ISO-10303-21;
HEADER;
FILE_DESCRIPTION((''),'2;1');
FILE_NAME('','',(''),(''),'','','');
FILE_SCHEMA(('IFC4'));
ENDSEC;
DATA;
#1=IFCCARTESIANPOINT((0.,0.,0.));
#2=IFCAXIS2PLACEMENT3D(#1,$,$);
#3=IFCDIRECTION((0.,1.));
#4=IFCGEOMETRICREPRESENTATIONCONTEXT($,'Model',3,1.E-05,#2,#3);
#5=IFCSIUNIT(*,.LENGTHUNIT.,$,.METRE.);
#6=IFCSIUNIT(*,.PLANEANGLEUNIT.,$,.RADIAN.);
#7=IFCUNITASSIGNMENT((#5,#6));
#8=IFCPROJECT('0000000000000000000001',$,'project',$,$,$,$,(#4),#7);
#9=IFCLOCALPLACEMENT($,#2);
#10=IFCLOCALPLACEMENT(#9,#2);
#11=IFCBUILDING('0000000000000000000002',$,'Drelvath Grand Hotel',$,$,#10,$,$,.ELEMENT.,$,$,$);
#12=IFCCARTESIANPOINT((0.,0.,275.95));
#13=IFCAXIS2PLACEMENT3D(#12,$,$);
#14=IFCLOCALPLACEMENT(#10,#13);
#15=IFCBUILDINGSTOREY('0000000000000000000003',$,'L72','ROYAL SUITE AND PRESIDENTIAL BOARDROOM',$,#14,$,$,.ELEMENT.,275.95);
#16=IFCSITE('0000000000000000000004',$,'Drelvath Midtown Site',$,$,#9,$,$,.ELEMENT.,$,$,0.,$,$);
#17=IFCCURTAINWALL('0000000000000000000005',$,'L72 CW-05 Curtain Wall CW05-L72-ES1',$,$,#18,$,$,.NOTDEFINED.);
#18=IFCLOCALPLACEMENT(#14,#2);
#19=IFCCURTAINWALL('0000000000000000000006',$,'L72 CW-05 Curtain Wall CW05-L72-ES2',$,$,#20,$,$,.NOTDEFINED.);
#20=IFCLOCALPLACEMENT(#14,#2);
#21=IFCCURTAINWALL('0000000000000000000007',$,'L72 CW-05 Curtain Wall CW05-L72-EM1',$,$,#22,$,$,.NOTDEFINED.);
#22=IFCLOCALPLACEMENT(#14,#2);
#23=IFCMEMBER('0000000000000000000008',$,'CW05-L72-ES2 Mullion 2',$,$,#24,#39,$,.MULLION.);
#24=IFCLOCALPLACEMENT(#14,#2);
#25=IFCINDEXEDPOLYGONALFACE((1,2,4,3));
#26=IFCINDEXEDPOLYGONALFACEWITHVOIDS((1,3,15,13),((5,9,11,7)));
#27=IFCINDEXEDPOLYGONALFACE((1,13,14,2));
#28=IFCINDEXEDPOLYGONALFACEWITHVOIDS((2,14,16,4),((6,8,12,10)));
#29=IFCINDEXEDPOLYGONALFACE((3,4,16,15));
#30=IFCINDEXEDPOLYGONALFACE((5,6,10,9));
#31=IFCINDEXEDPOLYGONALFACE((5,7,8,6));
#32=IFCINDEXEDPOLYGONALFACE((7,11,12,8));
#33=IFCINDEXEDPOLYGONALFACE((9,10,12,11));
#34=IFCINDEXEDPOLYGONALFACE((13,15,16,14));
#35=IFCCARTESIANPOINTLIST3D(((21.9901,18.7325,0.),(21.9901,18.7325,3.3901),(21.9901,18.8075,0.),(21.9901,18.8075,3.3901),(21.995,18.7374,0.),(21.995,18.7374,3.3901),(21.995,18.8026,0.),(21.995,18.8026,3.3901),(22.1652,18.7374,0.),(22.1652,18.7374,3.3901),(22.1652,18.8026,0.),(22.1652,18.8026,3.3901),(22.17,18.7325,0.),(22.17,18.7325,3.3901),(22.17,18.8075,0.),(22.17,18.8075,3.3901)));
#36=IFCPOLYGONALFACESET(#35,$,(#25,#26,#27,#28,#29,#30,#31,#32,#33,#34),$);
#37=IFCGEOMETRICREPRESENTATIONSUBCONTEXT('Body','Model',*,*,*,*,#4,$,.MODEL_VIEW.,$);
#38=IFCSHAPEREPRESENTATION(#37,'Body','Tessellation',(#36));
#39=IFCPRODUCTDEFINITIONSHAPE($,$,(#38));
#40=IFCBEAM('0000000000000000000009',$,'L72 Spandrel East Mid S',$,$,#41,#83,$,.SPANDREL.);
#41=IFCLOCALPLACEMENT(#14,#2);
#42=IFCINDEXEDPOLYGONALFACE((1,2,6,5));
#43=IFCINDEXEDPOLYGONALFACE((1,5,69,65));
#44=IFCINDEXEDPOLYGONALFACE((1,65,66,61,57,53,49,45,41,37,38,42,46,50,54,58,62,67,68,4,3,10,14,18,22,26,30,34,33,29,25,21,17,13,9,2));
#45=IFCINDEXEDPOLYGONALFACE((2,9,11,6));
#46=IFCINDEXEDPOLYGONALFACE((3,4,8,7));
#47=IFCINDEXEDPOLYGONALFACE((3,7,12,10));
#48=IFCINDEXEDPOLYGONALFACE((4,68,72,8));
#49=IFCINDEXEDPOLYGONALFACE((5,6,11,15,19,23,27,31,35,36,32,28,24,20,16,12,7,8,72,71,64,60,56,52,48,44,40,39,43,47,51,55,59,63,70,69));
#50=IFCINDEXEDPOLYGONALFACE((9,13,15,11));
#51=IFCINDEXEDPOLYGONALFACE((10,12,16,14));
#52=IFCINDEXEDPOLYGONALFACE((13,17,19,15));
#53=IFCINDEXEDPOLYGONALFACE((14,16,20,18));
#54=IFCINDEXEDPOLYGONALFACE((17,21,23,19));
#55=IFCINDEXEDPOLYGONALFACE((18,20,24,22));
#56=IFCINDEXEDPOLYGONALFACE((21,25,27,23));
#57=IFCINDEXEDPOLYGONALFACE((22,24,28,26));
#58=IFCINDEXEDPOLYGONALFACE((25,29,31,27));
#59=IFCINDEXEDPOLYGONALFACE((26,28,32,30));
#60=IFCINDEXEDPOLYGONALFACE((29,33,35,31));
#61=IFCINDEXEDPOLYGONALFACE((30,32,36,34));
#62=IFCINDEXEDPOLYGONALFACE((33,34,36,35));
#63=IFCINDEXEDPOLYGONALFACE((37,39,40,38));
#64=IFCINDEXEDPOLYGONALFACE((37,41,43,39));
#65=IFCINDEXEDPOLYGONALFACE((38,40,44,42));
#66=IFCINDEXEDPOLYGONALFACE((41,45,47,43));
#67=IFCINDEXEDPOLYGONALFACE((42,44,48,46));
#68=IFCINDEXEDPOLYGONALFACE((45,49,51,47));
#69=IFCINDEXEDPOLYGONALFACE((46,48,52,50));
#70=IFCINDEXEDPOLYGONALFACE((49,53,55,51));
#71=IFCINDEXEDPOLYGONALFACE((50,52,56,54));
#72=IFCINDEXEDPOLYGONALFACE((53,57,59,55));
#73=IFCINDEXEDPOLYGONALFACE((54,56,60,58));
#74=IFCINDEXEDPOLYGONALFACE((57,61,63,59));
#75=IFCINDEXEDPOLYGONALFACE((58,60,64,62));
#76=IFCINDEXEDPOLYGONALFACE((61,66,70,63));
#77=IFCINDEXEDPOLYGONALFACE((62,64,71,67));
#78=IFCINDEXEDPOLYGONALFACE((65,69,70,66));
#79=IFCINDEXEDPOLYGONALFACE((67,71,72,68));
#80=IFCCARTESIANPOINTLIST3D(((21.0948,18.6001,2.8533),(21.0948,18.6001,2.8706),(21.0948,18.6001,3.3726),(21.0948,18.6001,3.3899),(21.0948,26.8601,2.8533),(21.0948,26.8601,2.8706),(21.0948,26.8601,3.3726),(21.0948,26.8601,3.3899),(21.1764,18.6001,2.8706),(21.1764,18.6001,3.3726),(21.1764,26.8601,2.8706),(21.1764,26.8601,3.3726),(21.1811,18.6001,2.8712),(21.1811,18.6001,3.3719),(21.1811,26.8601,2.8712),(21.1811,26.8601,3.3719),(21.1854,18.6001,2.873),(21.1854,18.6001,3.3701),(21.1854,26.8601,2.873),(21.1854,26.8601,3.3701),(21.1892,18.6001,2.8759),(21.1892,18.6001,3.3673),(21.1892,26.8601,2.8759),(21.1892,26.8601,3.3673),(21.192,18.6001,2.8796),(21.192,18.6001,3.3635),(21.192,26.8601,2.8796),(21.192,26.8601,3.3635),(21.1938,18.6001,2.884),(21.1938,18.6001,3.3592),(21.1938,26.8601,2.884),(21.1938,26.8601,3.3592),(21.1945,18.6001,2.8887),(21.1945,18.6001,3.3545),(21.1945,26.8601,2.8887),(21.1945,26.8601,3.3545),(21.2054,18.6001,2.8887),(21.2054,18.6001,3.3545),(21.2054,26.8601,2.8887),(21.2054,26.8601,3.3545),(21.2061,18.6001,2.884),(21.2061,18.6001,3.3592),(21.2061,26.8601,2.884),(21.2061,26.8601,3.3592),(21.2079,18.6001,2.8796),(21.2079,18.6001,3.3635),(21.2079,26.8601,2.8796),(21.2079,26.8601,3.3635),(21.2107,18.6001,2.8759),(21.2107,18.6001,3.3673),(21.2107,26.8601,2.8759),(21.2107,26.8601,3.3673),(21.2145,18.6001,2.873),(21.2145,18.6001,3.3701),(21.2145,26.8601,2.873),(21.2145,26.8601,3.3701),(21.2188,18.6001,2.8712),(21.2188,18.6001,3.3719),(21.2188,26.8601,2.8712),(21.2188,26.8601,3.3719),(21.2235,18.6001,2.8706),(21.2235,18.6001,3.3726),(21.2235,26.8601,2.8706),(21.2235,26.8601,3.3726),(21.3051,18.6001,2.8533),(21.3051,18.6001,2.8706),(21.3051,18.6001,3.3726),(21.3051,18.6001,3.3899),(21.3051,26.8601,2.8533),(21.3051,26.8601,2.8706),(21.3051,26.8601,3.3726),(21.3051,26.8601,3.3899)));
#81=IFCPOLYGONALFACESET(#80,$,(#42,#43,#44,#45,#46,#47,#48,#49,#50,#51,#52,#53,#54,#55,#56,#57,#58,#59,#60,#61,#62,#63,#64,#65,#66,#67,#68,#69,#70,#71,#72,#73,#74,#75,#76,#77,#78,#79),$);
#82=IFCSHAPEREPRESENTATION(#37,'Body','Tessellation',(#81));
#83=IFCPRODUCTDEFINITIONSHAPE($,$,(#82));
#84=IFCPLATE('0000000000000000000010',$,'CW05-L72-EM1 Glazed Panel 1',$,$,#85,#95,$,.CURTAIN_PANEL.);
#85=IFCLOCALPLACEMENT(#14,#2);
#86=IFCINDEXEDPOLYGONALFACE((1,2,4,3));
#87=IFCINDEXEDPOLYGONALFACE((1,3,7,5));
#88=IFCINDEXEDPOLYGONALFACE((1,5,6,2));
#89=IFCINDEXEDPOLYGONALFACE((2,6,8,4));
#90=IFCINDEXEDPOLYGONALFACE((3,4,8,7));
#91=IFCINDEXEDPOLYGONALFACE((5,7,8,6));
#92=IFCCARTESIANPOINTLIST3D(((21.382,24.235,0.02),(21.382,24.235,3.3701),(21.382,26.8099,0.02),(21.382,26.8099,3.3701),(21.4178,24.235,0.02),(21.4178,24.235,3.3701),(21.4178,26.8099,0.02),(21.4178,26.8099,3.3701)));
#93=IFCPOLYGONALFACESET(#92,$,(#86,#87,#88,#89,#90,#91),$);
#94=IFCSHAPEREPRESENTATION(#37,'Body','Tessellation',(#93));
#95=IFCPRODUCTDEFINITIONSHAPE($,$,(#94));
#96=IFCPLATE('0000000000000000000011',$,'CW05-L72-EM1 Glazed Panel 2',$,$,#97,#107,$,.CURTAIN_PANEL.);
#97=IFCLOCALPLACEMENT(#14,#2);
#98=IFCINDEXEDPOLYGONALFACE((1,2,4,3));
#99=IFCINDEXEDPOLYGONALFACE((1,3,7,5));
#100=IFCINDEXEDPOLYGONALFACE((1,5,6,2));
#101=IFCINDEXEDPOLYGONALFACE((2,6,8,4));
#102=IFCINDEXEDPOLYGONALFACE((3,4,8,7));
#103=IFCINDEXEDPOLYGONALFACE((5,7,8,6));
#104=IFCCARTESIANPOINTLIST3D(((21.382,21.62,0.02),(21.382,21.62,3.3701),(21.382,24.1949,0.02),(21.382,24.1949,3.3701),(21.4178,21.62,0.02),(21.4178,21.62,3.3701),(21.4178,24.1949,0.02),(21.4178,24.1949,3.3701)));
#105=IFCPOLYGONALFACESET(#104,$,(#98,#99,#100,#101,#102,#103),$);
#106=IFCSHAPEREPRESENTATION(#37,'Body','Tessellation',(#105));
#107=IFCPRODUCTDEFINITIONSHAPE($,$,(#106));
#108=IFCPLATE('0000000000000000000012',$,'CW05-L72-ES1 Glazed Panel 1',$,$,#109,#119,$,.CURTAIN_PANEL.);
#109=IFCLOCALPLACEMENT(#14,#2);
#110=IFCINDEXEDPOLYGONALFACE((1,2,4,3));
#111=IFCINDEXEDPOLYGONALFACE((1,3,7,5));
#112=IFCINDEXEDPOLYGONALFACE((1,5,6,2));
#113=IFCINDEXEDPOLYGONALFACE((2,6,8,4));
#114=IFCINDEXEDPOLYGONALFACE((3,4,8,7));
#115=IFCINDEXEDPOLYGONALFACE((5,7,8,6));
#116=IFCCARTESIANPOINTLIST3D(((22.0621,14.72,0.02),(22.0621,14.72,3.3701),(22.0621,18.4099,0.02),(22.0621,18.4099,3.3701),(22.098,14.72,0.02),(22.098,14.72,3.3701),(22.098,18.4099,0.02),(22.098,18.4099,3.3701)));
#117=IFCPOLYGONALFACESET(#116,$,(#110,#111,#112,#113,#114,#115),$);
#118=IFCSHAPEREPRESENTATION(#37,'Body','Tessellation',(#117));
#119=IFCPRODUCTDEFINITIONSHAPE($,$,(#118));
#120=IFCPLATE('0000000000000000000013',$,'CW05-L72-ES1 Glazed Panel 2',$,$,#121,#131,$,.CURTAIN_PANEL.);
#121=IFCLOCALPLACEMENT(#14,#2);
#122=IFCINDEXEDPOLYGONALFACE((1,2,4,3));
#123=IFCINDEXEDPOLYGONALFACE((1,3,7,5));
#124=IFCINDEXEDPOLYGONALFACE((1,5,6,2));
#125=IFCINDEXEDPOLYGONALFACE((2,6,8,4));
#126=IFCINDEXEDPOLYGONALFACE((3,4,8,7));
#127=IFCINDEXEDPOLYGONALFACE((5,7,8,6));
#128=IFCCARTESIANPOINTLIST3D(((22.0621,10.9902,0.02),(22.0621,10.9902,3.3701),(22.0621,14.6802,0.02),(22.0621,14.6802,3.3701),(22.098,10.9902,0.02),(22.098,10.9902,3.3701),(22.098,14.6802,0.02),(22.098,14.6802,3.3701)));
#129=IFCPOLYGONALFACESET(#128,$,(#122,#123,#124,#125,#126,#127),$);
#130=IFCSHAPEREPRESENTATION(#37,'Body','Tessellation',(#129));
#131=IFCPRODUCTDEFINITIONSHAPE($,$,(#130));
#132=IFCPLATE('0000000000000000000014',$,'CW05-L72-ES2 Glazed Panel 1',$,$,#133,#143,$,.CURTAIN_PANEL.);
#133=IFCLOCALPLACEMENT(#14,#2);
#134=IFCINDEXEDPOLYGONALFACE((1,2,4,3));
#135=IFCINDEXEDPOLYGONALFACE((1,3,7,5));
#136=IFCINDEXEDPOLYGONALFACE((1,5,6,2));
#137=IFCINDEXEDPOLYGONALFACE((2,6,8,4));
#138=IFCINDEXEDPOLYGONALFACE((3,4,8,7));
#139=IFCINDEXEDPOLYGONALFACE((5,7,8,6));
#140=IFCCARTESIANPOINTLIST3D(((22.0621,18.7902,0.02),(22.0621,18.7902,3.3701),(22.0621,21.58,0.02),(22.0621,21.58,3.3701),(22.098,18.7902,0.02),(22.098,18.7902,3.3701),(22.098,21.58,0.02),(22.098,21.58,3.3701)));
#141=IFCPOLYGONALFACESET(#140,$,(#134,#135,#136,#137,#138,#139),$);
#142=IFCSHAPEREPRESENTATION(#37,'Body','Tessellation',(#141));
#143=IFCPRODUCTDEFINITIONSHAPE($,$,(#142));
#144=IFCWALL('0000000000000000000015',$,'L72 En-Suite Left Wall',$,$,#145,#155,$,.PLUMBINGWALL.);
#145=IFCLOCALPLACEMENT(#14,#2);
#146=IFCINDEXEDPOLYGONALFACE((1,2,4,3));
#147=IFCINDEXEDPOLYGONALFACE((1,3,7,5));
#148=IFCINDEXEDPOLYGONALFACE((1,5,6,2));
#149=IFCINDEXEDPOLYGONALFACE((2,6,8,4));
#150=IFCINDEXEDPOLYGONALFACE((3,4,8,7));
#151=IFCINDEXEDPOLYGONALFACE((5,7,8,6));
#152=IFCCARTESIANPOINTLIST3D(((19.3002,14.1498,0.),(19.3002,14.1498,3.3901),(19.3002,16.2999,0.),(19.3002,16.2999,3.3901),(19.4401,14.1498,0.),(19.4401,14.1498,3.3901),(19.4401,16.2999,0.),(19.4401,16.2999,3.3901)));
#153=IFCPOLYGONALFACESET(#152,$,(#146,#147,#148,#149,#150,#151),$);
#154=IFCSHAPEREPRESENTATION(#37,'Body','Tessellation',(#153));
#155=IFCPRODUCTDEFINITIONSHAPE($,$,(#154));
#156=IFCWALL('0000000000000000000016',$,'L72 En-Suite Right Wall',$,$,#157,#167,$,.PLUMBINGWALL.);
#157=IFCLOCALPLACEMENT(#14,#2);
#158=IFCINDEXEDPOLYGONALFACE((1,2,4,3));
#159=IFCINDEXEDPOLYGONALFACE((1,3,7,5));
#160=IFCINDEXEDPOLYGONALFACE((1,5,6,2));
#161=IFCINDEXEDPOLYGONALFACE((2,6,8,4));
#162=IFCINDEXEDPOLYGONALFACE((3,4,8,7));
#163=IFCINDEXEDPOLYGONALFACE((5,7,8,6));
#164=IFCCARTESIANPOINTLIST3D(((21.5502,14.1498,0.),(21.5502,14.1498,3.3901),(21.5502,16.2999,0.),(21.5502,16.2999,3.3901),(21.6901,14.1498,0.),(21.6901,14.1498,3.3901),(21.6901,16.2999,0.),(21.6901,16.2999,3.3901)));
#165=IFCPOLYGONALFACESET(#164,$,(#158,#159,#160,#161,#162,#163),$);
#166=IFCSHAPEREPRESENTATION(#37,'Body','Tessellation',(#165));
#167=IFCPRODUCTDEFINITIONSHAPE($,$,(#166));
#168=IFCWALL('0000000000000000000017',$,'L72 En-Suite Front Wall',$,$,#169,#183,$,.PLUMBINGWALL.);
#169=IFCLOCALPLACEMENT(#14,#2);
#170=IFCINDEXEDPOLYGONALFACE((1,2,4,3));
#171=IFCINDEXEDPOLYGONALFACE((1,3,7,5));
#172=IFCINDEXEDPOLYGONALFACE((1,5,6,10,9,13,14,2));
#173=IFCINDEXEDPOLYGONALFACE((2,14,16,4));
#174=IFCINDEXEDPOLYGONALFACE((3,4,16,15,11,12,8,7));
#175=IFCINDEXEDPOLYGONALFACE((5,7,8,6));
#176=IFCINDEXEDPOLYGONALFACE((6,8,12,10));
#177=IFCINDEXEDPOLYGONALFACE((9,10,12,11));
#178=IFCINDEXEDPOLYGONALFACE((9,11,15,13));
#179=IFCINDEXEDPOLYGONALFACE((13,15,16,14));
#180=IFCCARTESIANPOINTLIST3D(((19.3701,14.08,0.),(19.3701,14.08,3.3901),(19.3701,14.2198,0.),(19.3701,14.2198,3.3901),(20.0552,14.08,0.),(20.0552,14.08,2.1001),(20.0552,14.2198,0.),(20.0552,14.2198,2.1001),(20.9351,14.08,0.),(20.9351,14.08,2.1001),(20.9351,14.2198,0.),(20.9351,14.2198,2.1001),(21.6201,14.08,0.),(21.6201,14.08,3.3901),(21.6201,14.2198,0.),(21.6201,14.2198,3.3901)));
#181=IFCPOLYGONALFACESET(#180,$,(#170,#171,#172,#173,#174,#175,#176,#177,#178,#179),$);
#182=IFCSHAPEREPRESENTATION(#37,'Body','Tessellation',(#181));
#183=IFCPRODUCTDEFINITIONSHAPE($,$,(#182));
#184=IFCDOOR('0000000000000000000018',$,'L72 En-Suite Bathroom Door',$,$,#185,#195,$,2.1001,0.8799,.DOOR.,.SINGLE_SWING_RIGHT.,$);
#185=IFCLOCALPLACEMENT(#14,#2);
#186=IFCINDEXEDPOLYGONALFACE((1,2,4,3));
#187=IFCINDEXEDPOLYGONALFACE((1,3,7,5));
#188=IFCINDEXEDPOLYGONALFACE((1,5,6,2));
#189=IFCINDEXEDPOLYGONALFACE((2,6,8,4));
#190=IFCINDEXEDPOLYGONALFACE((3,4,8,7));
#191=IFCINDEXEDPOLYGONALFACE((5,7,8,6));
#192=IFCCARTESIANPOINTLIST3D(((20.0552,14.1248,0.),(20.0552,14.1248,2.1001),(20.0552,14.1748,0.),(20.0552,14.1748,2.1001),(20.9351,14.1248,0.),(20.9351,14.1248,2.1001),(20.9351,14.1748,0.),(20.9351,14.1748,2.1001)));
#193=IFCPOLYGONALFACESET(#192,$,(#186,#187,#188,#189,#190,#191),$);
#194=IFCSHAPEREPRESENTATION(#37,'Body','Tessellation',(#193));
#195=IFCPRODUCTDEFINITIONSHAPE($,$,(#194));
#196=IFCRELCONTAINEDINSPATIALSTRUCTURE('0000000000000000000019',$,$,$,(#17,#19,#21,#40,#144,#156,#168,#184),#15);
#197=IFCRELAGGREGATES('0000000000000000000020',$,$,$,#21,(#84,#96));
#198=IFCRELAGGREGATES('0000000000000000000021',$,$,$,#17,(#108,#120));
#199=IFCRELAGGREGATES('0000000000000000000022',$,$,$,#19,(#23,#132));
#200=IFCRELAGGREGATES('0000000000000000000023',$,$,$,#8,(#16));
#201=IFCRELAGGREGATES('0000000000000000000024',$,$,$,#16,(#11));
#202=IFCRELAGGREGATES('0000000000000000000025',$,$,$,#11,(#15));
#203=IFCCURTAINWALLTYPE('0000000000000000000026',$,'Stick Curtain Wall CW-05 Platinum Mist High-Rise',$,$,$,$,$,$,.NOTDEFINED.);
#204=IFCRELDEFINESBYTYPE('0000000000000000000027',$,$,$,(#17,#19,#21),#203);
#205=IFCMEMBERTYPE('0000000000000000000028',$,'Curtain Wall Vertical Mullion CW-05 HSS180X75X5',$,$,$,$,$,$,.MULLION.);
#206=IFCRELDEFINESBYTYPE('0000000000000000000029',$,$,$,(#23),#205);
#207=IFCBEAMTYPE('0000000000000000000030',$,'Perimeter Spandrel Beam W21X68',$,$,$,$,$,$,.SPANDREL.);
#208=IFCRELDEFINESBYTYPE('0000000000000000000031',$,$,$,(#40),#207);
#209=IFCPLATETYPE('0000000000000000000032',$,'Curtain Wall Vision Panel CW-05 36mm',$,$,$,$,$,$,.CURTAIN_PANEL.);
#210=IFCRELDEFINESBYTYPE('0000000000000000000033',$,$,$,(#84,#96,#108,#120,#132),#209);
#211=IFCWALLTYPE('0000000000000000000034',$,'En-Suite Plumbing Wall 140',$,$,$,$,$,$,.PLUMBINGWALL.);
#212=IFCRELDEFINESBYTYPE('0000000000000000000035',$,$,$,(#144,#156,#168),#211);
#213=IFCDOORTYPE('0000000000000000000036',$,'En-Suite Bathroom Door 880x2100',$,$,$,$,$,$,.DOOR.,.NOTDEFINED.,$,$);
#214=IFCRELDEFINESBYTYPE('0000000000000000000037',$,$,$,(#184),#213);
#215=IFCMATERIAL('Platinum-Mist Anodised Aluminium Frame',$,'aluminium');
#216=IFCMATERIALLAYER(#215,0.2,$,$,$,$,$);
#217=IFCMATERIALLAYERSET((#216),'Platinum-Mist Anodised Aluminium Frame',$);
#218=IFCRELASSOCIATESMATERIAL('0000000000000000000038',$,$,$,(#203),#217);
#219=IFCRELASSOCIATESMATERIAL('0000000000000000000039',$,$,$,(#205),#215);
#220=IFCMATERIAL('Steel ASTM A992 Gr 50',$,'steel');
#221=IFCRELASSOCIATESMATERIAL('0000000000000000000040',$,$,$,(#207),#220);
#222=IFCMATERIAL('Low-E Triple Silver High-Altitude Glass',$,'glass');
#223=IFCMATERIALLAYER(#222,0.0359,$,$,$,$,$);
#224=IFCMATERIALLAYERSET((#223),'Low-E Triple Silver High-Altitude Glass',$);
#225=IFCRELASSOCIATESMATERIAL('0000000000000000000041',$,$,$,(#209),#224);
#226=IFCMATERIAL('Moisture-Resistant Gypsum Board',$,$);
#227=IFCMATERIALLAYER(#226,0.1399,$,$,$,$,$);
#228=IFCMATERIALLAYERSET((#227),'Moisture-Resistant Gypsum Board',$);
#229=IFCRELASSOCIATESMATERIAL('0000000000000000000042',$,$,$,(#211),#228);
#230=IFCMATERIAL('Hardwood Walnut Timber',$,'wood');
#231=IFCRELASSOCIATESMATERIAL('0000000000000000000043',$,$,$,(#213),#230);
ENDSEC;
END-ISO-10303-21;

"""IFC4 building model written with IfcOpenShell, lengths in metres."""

from ifc_helpers import new_model, si_unit, direction, frame, frame_2d, origin, origin_2d, place, context, subcontext, project, spatial, rectangle, hollow_rectangle, i_section, extrude, material, layer, layer_set, material_profile, profile_set, type_object, element, fill, aggregate, save


model = new_model("IFC4")

# Units and contexts
model_context = context("Model", 3, precision=1e-05, world=origin(), true_north=direction((0.0, 1.0)))
body_context = subcontext(model_context, "Body", "Model", "MODEL_VIEW")
ifc_project = project(units=[si_unit("LENGTHUNIT", "METRE"), si_unit("PLANEANGLEUNIT", "RADIAN")], contexts=[model_context])

# Site, building, storey
site_placement = place(None, origin())
site = spatial("IfcSite", under=ifc_project, at=site_placement, Name="Drelvath Midtown Site", CompositionType="ELEMENT", RefElevation=0.0)
building_placement = place(site_placement, origin())
building = spatial("IfcBuilding", under=site, at=building_placement, Name="Drelvath Grand Hotel", CompositionType="ELEMENT")
storey_placement = place(building_placement, frame((0.0, 0.0, 275.95)))
storey = spatial("IfcBuildingStorey", under=building, at=storey_placement, Name="L72", Description="ROYAL SUITE AND PRESIDENTIAL BOARDROOM", CompositionType="ELEMENT", Elevation=275.95)

# Curtain walls
ifc_material_1 = material(Name="Platinum-Mist Anodised Aluminium Frame", Category="aluminium")
ifc_layer_1 = layer(ifc_material_1, 0.2)
ifc_layer_set_1 = layer_set([ifc_layer_1], Name="Platinum-Mist Anodised Aluminium Frame")
curtain_wall_type = type_object("IfcCurtainWallType", Name="Stick Curtain Wall CW-05 Platinum Mist High-Rise", PredefinedType="NOTDEFINED", material=ifc_layer_set_1)
curtain_wall_1_placement = place(storey_placement, origin())
curtain_wall_1 = element("IfcCurtainWall", 1, at=curtain_wall_1_placement, inside=storey, type_object=curtain_wall_type, Name="L72 CW-05 Curtain Wall CW05-L72-ES1", PredefinedType="NOTDEFINED")
curtain_wall_2_placement = place(storey_placement, origin())
curtain_wall_2 = element("IfcCurtainWall", 2, at=curtain_wall_2_placement, inside=storey, type_object=curtain_wall_type, Name="L72 CW-05 Curtain Wall CW05-L72-ES2", PredefinedType="NOTDEFINED")

# Curtain wall
curtain_wall_3_placement = place(storey_placement, origin())
curtain_wall_3 = element("IfcCurtainWall", 3, at=curtain_wall_3_placement, inside=storey, type_object=curtain_wall_type, Name="L72 CW-05 Curtain Wall CW05-L72-EM1", PredefinedType="NOTDEFINED")
ifc_material_profile_1 = material_profile(ifc_material_1, hollow_rectangle(XDim=0.075, YDim=0.1799, WallThickness=0.0049, at=origin_2d()), Name="HSS180X75X5")
ifc_profile_set_1 = profile_set([ifc_material_profile_1], Name="Platinum-Mist Anodised Aluminium Frame")
member_type_1 = type_object("IfcMemberType", Name="Curtain Wall Vertical Mullion CW-05 HSS180X75X5", PredefinedType="MULLION", material=ifc_profile_set_1)

# Member
member_1_placement = place(storey_placement, frame((22.0801, 18.77, 0.0), z_axis=(0.0, 0.0, 1.0), x_axis=(0.0, 1.0, 0.0)))
member_1 = element("IfcMember", 4, at=member_1_placement, type_object=member_type_1, Name="CW05-L72-ES2 Mullion 2", PredefinedType="MULLION", context=body_context, shape_type="SweptSolid", body=[
    extrude(hollow_rectangle(XDim=0.075, YDim=0.1799, WallThickness=0.0049, at=origin_2d()), origin(), (0.0, 0.0, 1.0), 3.3901),
])

# Beam
ifc_material_2 = material(Name="Steel ASTM A992 Gr 50", Category="steel")
ifc_material_profile_2 = material_profile(ifc_material_2, i_section(OverallWidth=0.2102, OverallDepth=0.5366, WebThickness=0.011, FlangeThickness=0.0173, FilletRadius=0.0181, at=origin_2d()), Name="W21X68")
ifc_profile_set_2 = profile_set([ifc_material_profile_2], Name="Steel ASTM A992 Gr 50")
beam_type = type_object("IfcBeamType", Name="Perimeter Spandrel Beam W21X68", PredefinedType="SPANDREL", material=ifc_profile_set_2)
beam_placement = place(storey_placement, frame((21.2, 18.6001, 3.1216), z_axis=(0.0, 1.0, 0.0), x_axis=(-1.0, 0.0, 0.0)))
element("IfcBeam", 5, at=beam_placement, inside=storey, type_object=beam_type, Name="L72 Spandrel East Mid S", PredefinedType="SPANDREL", context=body_context, shape_type="SweptSolid", body=[
    extrude(i_section(OverallWidth=0.2102, OverallDepth=0.5366, WebThickness=0.011, FlangeThickness=0.0173, FilletRadius=0.0181, at=origin_2d()), origin(), (0.0, 0.0, 1.0), 8.26),
])

# Plates
ifc_material_3 = material(Name="Low-E Triple Silver High-Altitude Glass", Category="glass")
ifc_layer_2 = layer(ifc_material_3, 0.0359)
ifc_layer_set_2 = layer_set([ifc_layer_2], Name="Low-E Triple Silver High-Altitude Glass")
plate_type = type_object("IfcPlateType", Name="Curtain Wall Vision Panel CW-05 36mm", PredefinedType="CURTAIN_PANEL", material=ifc_layer_set_2)
plate_1_placement = place(storey_placement, frame((21.3999, 25.5225, 0.02), z_axis=(0.0, 0.0, 1.0), x_axis=(0.0, -1.0, 0.0)))
plate_1 = element("IfcPlate", 6, at=plate_1_placement, type_object=plate_type, Name="CW05-L72-EM1 Glazed Panel 1", PredefinedType="CURTAIN_PANEL", context=body_context, shape_type="SweptSolid", body=[
    extrude(rectangle(XDim=2.575, YDim=0.0359, at=origin_2d()), origin(), (0.0, 0.0, 1.0), 3.3501),
])
plate_2_placement = place(storey_placement, frame((21.3999, 22.9075, 0.02), z_axis=(0.0, 0.0, 1.0), x_axis=(0.0, -1.0, 0.0)))
plate_2 = element("IfcPlate", 7, at=plate_2_placement, type_object=plate_type, Name="CW05-L72-EM1 Glazed Panel 2", PredefinedType="CURTAIN_PANEL", context=body_context, shape_type="SweptSolid", body=[
    extrude(rectangle(XDim=2.575, YDim=0.0359, at=origin_2d()), origin(), (0.0, 0.0, 1.0), 3.3501),
])
aggregate(curtain_wall_3, [plate_1, plate_2])
plate_3_placement = place(storey_placement, frame((22.0801, 16.5649, 0.02), z_axis=(0.0, 0.0, 1.0), x_axis=(0.0, -1.0, 0.0)))
plate_3 = element("IfcPlate", 8, at=plate_3_placement, type_object=plate_type, Name="CW05-L72-ES1 Glazed Panel 1", PredefinedType="CURTAIN_PANEL", context=body_context, shape_type="SweptSolid", body=[
    extrude(rectangle(XDim=3.6899, YDim=0.0359, at=origin_2d()), origin(), (0.0, 0.0, 1.0), 3.3501),
])
plate_4_placement = place(storey_placement, frame((22.0801, 12.8352, 0.02), z_axis=(0.0, 0.0, 1.0), x_axis=(0.0, -1.0, 0.0)))
plate_4 = element("IfcPlate", 9, at=plate_4_placement, type_object=plate_type, Name="CW05-L72-ES1 Glazed Panel 2", PredefinedType="CURTAIN_PANEL", context=body_context, shape_type="SweptSolid", body=[
    extrude(rectangle(XDim=3.6899, YDim=0.0359, at=origin_2d()), origin(), (0.0, 0.0, 1.0), 3.3501),
])
aggregate(curtain_wall_1, [plate_3, plate_4])
plate_5_placement = place(storey_placement, frame((22.0801, 20.1851, 0.02), z_axis=(0.0, 0.0, 1.0), x_axis=(0.0, -1.0, 0.0)))
plate_5 = element("IfcPlate", 10, at=plate_5_placement, type_object=plate_type, Name="CW05-L72-ES2 Glazed Panel 1", PredefinedType="CURTAIN_PANEL", context=body_context, shape_type="SweptSolid", body=[
    extrude(rectangle(XDim=2.7898, YDim=0.0359, at=origin_2d()), origin(), (0.0, 0.0, 1.0), 3.3501),
])
aggregate(curtain_wall_2, [member_1, plate_5])

# Walls
ifc_material_4 = material(Name="Moisture-Resistant Gypsum Board")
ifc_layer_3 = layer(ifc_material_4, 0.1399)
ifc_layer_set_3 = layer_set([ifc_layer_3], Name="Moisture-Resistant Gypsum Board")
wall_type_1 = type_object("IfcWallType", Name="En-Suite Plumbing Wall 140", PredefinedType="PLUMBINGWALL", material=ifc_layer_set_3)
for number, where, z_axis, x_axis, name in (
    (11, (19.3701, 16.3, 0.0), (0.0, 0.0, 1.0), (0.0, -1.0, 0.0), "L72 En-Suite Left Wall"),
    (12, (21.6201, 16.3, 0.0), (0.0, 0.0, 1.0), (0.0, -1.0, 0.0), "L72 En-Suite Right Wall"),
):
    element("IfcWall", number, at=place(storey_placement, frame(where, z_axis=z_axis, x_axis=x_axis)), inside=storey, type_object=wall_type_1, Name=name, PredefinedType="PLUMBINGWALL", context=body_context, shape_type="SweptSolid", body=[
        extrude(rectangle(XDim=2.1501, YDim=0.1399, at=frame_2d((1.0752, 0.0))), origin(), (0.0, 0.0, 1.0), 3.3901),
    ])

# Wall, opening, door
wall_1_placement = place(storey_placement, frame((19.3701, 14.1499, 0.0), z_axis=(0.0, 0.0, 1.0), x_axis=(1.0, 0.0, 0.0)))
wall_1 = element("IfcWall", 13, at=wall_1_placement, inside=storey, type_object=wall_type_1, Name="L72 En-Suite Front Wall", PredefinedType="PLUMBINGWALL", context=body_context, shape_type="SweptSolid", body=[
    extrude(rectangle(XDim=2.25, YDim=0.1399, at=frame_2d((1.125, 0.0))), origin(), (0.0, 0.0, 1.0), 3.3901),
])
opening_placement = place(wall_1_placement, frame((0.6851, 0.0, 0.0)))
opening = element("IfcOpeningElement", 14, at=opening_placement, cuts=wall_1, PredefinedType="OPENING", context=body_context, shape_type="SweptSolid", body=[
    extrude(rectangle(XDim=0.8799, YDim=2.1001, at=frame_2d((0.4399, 1.05))), frame((0.0, 0.0798, 0.0), z_axis=(0.0, -1.0, 0.0), x_axis=(1.0, 0.0, 0.0)), (0.0, 0.0, 1.0), 0.1599),
])
ifc_material_5 = material(Name="Hardwood Walnut Timber", Category="wood")
door_type = type_object("IfcDoorType", Name="En-Suite Bathroom Door 880x2100", OperationType="NOTDEFINED", PredefinedType="DOOR", material=ifc_material_5)
door_placement = place(opening_placement, origin())
door = element("IfcDoor", 15, at=door_placement, inside=storey, type_object=door_type, Name="L72 En-Suite Bathroom Door", OperationType="SINGLE_SWING_RIGHT", OverallHeight=2.1001, OverallWidth=0.8799, PredefinedType="DOOR", context=body_context, shape_type="SweptSolid", body=[
    extrude(rectangle(XDim=0.8799, YDim=2.1001, at=frame_2d((0.4399, 1.05))), frame((0.0, 0.0249, 0.0), z_axis=(0.0, -1.0, 0.0), x_axis=(1.0, 0.0, 0.0)), (0.0, 0.0, 1.0), 0.05),
])
fill(opening, door)

save(model, "model.ifc")
